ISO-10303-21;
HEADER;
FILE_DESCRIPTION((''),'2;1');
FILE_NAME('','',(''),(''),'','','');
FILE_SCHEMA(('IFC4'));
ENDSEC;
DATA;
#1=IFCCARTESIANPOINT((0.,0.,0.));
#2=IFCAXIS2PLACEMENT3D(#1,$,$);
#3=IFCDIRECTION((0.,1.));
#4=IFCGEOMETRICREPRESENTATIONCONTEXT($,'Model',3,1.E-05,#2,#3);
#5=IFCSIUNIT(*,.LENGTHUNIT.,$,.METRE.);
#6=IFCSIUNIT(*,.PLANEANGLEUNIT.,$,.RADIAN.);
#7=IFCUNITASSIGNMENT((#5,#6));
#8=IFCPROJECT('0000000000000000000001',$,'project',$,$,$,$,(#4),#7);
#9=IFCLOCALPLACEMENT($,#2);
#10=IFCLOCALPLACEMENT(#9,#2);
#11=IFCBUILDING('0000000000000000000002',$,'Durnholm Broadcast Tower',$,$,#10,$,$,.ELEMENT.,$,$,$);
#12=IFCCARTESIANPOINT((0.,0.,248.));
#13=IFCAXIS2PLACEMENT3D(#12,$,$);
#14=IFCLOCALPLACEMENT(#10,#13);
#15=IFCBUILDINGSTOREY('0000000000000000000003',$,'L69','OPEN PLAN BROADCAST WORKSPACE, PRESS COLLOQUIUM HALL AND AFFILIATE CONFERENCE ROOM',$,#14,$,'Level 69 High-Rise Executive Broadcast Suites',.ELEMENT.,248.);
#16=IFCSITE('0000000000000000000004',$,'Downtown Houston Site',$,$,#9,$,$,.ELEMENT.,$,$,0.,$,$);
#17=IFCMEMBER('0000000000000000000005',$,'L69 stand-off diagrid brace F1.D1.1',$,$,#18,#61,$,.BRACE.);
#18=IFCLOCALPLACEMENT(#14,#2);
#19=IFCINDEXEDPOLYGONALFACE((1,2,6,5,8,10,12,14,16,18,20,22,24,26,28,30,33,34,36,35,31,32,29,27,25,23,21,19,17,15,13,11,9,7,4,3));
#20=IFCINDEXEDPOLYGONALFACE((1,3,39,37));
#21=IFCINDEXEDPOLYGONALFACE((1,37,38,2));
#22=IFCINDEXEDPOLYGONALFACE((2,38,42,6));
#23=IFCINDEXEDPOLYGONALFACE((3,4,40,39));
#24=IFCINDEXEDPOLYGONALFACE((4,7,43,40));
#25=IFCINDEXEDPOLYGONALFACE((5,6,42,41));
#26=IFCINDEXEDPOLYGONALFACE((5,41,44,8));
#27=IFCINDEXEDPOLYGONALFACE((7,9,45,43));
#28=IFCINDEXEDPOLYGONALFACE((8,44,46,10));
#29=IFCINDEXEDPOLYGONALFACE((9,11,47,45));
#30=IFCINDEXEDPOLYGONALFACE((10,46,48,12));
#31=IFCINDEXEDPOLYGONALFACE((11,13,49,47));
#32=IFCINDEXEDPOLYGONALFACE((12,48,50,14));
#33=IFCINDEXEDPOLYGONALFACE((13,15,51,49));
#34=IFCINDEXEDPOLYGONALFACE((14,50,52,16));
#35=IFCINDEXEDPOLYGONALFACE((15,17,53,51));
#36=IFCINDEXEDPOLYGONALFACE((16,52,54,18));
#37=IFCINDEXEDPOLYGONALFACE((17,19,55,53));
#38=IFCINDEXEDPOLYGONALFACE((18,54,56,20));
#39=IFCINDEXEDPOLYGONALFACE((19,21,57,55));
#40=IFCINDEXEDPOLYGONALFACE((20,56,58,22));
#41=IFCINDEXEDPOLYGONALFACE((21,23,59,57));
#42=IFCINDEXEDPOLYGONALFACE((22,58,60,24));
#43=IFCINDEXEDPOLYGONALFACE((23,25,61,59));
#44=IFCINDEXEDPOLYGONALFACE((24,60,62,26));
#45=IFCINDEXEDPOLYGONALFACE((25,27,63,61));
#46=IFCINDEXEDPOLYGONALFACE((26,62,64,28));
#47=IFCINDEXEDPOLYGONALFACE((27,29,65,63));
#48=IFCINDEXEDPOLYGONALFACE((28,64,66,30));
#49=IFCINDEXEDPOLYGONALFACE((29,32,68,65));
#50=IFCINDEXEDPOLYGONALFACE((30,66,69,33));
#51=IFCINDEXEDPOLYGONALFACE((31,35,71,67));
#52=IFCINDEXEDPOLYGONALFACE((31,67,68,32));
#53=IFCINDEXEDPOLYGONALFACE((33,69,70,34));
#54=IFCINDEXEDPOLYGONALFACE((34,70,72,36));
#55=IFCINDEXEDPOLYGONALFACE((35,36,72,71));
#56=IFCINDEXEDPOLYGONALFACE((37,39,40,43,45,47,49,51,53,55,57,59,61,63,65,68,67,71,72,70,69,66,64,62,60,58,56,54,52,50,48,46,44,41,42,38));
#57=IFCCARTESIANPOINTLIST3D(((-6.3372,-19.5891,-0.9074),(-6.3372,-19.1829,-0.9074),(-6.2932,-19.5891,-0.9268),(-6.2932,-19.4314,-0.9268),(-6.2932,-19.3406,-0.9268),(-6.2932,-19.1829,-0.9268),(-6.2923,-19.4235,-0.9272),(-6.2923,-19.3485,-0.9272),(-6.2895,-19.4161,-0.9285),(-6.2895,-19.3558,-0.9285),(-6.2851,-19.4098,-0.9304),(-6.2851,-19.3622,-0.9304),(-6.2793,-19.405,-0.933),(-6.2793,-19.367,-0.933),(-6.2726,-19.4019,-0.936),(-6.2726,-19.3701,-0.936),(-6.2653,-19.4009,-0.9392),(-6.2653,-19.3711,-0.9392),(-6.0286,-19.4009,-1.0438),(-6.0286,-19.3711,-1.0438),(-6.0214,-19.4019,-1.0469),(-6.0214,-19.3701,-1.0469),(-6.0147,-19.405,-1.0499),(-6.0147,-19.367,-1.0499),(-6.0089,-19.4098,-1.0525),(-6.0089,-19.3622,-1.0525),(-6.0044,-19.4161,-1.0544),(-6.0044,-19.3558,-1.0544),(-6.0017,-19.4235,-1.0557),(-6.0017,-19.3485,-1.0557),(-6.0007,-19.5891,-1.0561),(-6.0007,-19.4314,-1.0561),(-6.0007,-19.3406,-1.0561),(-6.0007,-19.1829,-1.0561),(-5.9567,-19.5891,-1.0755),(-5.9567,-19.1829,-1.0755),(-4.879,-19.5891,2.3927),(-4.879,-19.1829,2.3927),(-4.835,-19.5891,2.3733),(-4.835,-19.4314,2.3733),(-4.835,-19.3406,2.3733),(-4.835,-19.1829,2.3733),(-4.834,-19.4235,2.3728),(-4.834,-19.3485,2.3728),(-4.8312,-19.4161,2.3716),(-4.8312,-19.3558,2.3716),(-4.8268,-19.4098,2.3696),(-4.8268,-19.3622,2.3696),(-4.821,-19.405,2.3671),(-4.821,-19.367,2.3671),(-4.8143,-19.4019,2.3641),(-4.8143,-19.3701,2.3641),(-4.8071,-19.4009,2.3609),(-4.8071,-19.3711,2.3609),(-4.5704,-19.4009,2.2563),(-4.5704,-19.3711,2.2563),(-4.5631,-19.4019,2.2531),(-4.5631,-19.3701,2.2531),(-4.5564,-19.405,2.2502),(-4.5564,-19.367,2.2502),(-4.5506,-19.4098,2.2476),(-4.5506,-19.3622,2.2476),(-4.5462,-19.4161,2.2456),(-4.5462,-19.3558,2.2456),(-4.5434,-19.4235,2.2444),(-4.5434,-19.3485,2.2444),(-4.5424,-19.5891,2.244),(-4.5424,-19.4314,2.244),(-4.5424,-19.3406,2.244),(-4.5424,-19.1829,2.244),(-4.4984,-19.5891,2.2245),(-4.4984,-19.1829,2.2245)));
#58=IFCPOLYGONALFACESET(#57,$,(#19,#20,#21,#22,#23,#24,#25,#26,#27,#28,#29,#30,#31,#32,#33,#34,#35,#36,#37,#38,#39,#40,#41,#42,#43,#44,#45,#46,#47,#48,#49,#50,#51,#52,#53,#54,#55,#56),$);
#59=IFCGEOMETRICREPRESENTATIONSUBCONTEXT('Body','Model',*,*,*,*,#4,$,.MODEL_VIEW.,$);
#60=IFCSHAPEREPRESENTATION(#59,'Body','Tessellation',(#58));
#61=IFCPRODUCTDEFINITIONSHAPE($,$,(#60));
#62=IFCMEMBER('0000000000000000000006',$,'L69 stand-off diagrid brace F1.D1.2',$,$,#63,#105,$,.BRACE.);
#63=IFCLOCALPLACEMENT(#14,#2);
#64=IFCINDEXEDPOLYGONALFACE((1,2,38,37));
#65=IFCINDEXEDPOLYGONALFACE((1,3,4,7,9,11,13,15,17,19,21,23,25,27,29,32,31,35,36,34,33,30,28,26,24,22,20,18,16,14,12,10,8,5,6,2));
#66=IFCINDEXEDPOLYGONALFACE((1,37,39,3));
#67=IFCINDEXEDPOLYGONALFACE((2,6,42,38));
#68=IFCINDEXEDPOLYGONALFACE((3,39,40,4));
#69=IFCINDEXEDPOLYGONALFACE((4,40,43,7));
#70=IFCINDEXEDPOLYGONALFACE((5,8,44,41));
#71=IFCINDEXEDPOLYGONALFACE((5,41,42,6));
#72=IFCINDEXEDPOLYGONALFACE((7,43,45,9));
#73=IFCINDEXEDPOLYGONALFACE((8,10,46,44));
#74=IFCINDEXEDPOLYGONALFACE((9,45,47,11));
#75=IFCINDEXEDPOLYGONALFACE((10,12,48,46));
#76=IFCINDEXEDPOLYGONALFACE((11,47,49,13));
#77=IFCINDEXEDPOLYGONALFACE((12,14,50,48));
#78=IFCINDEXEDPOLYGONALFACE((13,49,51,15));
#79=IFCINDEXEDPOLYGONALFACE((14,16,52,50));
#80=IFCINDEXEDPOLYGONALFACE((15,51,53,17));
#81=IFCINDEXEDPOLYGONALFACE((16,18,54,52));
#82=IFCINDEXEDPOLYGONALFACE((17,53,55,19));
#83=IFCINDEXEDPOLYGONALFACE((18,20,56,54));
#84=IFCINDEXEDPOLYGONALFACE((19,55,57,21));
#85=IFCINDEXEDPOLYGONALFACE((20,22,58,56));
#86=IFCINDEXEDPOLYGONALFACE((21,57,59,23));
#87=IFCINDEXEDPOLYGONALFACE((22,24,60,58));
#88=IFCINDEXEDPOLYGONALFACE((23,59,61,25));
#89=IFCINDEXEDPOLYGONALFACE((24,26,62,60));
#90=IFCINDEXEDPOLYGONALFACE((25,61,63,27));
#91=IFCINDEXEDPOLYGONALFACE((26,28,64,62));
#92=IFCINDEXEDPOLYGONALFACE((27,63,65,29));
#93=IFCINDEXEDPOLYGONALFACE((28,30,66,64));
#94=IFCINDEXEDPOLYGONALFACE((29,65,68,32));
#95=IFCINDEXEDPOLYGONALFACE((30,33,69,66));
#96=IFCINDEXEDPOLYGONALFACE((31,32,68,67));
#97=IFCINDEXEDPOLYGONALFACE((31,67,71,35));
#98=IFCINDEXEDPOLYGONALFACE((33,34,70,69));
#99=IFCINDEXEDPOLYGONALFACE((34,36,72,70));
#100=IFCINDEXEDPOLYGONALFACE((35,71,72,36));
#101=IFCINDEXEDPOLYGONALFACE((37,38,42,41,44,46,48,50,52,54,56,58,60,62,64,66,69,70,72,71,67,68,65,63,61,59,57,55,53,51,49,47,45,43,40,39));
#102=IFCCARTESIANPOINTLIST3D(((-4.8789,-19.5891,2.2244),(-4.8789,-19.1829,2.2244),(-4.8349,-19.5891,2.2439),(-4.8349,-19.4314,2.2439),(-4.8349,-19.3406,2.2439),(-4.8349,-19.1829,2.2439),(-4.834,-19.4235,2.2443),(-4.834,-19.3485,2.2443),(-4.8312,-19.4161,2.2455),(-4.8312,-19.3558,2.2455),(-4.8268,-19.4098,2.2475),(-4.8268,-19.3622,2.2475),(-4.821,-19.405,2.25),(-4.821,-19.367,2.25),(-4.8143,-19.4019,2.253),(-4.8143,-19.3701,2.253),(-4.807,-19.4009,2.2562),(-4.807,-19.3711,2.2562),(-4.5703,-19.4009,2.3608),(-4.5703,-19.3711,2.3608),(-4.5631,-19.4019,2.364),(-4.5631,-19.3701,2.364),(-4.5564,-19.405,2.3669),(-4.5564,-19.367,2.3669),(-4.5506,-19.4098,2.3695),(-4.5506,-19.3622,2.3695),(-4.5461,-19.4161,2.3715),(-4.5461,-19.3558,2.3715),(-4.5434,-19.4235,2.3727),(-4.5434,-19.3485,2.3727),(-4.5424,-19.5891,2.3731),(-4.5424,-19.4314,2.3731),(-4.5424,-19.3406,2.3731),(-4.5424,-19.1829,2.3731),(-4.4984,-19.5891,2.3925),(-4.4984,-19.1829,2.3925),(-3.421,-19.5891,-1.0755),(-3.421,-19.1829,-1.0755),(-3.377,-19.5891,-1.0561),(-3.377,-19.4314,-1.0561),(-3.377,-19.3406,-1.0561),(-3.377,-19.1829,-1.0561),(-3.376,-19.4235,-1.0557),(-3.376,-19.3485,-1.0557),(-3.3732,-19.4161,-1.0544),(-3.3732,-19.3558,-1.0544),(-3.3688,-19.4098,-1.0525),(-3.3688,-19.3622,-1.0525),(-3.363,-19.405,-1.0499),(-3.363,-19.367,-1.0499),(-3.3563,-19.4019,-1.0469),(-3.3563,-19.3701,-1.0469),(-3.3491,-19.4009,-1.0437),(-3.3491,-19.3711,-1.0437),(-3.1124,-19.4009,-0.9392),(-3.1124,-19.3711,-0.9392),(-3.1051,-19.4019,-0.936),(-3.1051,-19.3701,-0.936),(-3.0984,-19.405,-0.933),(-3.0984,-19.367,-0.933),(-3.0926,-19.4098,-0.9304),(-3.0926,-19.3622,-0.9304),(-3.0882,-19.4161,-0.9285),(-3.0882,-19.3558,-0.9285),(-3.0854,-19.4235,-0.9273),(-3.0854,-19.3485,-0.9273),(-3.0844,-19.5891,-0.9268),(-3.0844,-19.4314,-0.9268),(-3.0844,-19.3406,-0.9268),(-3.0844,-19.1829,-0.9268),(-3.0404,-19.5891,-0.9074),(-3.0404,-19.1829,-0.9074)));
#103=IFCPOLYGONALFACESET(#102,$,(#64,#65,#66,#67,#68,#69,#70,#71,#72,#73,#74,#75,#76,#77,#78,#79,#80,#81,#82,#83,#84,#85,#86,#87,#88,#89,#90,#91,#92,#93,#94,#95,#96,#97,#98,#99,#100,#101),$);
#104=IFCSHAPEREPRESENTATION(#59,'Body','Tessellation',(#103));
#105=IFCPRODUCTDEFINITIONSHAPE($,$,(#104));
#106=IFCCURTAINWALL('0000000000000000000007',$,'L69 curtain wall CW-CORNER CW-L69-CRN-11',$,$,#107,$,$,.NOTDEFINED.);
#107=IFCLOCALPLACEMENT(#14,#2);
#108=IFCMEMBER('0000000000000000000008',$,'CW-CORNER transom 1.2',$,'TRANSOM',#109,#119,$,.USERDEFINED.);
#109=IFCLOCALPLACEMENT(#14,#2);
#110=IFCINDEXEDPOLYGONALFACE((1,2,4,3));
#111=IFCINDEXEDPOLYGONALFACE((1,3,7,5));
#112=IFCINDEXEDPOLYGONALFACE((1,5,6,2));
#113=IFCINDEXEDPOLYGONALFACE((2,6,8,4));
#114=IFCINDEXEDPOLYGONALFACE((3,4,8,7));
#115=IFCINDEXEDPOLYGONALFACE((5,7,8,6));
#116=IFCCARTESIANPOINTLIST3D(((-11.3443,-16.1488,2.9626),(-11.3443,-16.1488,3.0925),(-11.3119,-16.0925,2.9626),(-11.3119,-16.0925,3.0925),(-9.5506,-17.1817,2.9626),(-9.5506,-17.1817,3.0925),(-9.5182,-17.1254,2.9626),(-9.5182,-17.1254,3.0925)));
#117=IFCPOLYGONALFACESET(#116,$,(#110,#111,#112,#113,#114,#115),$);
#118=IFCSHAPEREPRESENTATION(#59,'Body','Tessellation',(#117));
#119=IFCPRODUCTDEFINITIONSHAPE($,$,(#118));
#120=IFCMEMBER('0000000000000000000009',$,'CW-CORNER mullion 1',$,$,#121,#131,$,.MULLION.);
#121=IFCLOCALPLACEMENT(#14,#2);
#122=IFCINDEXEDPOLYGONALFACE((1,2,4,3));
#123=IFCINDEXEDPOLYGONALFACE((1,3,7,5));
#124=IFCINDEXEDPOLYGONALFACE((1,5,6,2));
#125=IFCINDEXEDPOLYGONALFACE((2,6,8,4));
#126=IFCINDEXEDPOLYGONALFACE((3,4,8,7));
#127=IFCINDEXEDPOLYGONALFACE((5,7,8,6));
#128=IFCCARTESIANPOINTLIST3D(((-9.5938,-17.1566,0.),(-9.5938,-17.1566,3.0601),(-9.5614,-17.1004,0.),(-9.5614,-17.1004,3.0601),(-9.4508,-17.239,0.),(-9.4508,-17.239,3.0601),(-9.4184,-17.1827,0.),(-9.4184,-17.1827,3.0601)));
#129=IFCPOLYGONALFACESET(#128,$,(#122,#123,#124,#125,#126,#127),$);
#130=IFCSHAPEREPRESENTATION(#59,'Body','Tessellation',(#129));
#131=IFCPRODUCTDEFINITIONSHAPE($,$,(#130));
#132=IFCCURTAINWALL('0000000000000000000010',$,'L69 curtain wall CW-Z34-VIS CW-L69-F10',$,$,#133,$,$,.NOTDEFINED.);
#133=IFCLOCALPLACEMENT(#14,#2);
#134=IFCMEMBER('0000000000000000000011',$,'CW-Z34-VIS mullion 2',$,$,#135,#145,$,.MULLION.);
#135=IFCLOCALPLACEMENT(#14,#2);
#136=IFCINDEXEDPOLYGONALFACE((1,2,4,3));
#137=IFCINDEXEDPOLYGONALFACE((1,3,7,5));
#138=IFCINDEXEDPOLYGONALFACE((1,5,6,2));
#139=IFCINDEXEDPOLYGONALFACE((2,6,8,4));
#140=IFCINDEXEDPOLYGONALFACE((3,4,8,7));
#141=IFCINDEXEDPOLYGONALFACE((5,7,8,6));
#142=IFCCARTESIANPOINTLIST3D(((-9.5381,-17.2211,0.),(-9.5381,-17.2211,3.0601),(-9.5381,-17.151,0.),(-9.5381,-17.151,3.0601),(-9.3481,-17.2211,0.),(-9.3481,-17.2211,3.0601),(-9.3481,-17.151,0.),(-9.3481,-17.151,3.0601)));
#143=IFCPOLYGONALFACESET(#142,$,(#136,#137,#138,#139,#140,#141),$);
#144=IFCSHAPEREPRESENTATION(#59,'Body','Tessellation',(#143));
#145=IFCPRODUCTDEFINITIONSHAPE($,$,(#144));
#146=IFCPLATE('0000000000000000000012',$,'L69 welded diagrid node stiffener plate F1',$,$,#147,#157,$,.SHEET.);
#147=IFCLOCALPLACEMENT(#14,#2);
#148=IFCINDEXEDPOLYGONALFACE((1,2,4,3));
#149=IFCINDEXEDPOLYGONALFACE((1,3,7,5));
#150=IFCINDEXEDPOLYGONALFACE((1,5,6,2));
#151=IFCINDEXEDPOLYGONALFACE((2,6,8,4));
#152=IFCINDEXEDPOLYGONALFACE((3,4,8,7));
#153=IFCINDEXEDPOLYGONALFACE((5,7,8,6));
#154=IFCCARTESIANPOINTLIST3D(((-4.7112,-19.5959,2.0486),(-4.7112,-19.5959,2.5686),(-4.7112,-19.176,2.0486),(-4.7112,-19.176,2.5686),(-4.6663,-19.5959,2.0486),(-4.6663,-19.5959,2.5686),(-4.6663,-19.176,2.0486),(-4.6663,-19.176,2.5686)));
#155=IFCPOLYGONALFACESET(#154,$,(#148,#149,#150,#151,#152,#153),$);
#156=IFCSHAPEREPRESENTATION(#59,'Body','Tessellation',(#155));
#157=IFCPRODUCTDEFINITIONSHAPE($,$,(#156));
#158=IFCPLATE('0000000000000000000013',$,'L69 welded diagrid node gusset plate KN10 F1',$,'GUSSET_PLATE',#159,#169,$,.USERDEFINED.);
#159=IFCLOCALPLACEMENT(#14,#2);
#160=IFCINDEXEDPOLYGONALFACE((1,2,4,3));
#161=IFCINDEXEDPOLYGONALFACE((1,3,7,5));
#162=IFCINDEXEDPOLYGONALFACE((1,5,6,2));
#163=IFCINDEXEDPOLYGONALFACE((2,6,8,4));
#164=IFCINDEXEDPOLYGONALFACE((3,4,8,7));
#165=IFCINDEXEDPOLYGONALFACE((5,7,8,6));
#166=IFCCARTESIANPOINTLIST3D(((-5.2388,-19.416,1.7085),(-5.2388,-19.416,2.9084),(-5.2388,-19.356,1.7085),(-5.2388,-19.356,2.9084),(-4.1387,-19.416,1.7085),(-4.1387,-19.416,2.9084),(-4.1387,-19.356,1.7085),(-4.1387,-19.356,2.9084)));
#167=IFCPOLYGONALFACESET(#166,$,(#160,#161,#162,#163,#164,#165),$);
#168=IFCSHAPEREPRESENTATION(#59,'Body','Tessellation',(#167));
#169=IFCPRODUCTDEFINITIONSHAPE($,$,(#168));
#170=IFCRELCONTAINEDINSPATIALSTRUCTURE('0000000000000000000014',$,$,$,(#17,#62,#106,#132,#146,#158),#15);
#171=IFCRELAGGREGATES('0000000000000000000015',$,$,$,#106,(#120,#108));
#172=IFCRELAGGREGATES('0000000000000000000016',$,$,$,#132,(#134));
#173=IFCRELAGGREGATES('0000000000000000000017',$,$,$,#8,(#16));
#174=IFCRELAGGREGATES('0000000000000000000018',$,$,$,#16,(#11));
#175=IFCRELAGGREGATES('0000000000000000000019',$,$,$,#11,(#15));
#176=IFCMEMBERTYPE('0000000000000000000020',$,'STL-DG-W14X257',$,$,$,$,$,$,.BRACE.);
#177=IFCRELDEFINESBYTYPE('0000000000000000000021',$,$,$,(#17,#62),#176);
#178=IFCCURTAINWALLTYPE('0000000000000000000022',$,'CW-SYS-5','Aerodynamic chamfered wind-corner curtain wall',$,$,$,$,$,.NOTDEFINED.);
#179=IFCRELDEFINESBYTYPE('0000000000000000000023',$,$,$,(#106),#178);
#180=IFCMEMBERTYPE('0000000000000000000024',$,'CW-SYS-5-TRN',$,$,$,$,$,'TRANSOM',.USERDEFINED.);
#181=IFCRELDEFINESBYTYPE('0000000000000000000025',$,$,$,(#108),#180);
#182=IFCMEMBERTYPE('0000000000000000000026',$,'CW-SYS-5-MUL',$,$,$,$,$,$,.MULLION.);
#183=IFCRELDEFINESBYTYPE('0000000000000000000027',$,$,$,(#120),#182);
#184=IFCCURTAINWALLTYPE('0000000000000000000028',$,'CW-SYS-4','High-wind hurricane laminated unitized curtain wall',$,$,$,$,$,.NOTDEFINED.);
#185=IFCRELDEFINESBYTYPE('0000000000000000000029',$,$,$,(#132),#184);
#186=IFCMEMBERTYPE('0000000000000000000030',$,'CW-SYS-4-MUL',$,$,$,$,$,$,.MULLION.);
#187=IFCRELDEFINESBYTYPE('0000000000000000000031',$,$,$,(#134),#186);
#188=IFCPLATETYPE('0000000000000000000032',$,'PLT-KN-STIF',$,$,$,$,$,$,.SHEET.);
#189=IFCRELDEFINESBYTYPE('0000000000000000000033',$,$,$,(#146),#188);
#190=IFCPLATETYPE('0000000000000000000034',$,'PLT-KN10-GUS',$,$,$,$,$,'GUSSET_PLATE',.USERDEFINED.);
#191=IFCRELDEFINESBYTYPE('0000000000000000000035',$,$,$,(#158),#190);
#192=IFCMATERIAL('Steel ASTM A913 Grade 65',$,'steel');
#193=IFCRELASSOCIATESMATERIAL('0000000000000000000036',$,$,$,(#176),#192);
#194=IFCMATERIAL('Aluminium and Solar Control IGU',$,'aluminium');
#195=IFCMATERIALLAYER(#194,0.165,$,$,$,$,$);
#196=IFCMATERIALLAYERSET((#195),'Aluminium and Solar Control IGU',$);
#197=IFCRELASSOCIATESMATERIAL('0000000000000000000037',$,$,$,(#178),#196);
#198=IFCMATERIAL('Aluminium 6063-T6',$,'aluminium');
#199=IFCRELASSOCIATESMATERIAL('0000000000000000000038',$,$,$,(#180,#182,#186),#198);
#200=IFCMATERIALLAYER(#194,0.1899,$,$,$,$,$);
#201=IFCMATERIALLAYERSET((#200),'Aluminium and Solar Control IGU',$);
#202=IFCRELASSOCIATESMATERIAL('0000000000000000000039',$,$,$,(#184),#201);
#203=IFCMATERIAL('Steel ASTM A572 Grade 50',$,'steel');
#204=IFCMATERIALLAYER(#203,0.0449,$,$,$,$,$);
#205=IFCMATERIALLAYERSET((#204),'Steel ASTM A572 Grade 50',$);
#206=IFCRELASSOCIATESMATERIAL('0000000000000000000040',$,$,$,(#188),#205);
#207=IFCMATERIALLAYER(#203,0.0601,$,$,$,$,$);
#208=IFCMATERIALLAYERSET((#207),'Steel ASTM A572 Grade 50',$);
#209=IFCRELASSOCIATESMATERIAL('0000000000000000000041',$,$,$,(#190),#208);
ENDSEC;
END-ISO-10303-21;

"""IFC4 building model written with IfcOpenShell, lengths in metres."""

from ifc_helpers import new_model, si_unit, direction, frame, origin, origin_2d, place, context, subcontext, project, spatial, rectangle, i_section, extrude, source, transform, mapped, material, layer, layer_set, material_profile, profile_set, type_object, type_shapes, element, aggregate, save


model = new_model("IFC4")

# Units and contexts
model_context = context("Model", 3, precision=1e-05, world=origin(), true_north=direction((0.0, 1.0)))
body_context = subcontext(model_context, "Body", "Model", "MODEL_VIEW")
ifc_project = project(units=[si_unit("LENGTHUNIT", "METRE"), si_unit("PLANEANGLEUNIT", "RADIAN")], contexts=[model_context])

# Site, building, storey
site_placement = place(None, origin())
site = spatial("IfcSite", under=ifc_project, at=site_placement, Name="Downtown Houston Site", CompositionType="ELEMENT", RefElevation=0.0)
building_placement = place(site_placement, origin())
building = spatial("IfcBuilding", under=site, at=building_placement, Name="Durnholm Broadcast Tower", CompositionType="ELEMENT")
storey_placement = place(building_placement, frame((0.0, 0.0, 248.0)))
storey = spatial("IfcBuildingStorey", under=building, at=storey_placement, Name="L69", Description="OPEN PLAN BROADCAST WORKSPACE, PRESS COLLOQUIUM HALL AND AFFILIATE CONFERENCE ROOM", LongName="Level 69 High-Rise Executive Broadcast Suites", CompositionType="ELEMENT", Elevation=248.0)

# Members
ifc_material_1 = material(Name="Steel ASTM A913 Grade 65", Category="steel")
ifc_material_profile_1 = material_profile(ifc_material_1, i_section(OverallWidth=0.4062, OverallDepth=0.416, WebThickness=0.0298, FlangeThickness=0.0481, FilletRadius=0.0305, at=origin_2d()), Name="W14X257")
ifc_profile_set_1 = profile_set([ifc_material_profile_1], Name="Steel ASTM A913 Grade 65")
member_type_1 = type_object("IfcMemberType", Name="STL-DG-W14X257", PredefinedType="BRACE", material=ifc_profile_set_1)
shared_shape_1 = source(origin(), body_context, "Body", "SweptSolid", [
    extrude(i_section(OverallWidth=0.4062, OverallDepth=0.416, WebThickness=0.0298, FlangeThickness=0.0481, FilletRadius=0.0305, at=origin_2d()), origin(), (0.0, 0.0, 1.0), 3.6079),
])
member_1_placement = place(storey_placement, frame((-6.147, -19.386, -0.9915), z_axis=(0.404185, 0.0, 0.914677), x_axis=(0.0, 1.0, 0.0)))
element("IfcMember", 1, at=member_1_placement, inside=storey, type_object=member_type_1, Name="L69 stand-off diagrid brace F1.D1.1", PredefinedType="BRACE", context=body_context, shape_type="MappedRepresentation", body=[
    mapped(shared_shape_1, transform((0.0, 0.0, 0.0), x_axis=(1.0, 0.0, 0.0), y_axis=(0.0, 1.0, 0.0), z_axis=(0.0, 0.0, 1.0), scale=1.0)),
])
shared_shape_2 = source(origin(), body_context, "Body", "SweptSolid", [
    extrude(i_section(OverallWidth=0.4062, OverallDepth=0.416, WebThickness=0.0298, FlangeThickness=0.0481, FilletRadius=0.0305, at=origin_2d()), origin(), (0.0, 0.0, 1.0), 3.6077),
])
type_shapes(member_type_1, [shared_shape_1, shared_shape_2])
member_2_placement = place(storey_placement, frame((-3.2307, -19.386, -0.9915), z_axis=(-0.404128, 0.0, 0.914702), x_axis=(0.0, -1.0, 0.0)))
element("IfcMember", 2, at=member_2_placement, inside=storey, type_object=member_type_1, Name="L69 stand-off diagrid brace F1.D1.2", PredefinedType="BRACE", context=body_context, shape_type="MappedRepresentation", body=[
    mapped(shared_shape_2, transform((0.0, 0.0, 0.0), x_axis=(1.0, 0.0, 0.0), y_axis=(0.0, 1.0, 0.0), z_axis=(0.0, 0.0, 1.0), scale=1.0)),
])

# Curtain wall, members
ifc_material_2 = material(Name="Aluminium and Solar Control IGU", Category="aluminium")
ifc_layer_1 = layer(ifc_material_2, 0.165)
ifc_layer_set_1 = layer_set([ifc_layer_1], Name="Aluminium and Solar Control IGU")
curtain_wall_type_1 = type_object("IfcCurtainWallType", Name="CW-SYS-5", Description="Aerodynamic chamfered wind-corner curtain wall", PredefinedType="NOTDEFINED", material=ifc_layer_set_1)
curtain_wall_1_placement = place(storey_placement, origin())
curtain_wall_1 = element("IfcCurtainWall", 3, at=curtain_wall_1_placement, inside=storey, type_object=curtain_wall_type_1, Name="L69 curtain wall CW-CORNER CW-L69-CRN-11", PredefinedType="NOTDEFINED")
ifc_material_3 = material(Name="Aluminium 6063-T6", Category="aluminium")
ifc_material_profile_2 = material_profile(ifc_material_3, rectangle(XDim=0.0649, YDim=0.1299, at=origin_2d()), Name="CWT65X130")
ifc_profile_set_2 = profile_set([ifc_material_profile_2], Name="Aluminium 6063-T6")
member_type_2 = type_object("IfcMemberType", Name="CW-SYS-5-TRN", ElementType="TRANSOM", PredefinedType="USERDEFINED", material=ifc_profile_set_2)
shared_shape_3 = source(origin(), body_context, "Body", "SweptSolid", [
    extrude(rectangle(XDim=0.0649, YDim=0.1299, at=origin_2d()), origin(), (0.0, 0.0, 1.0), 2.0698),
])
type_shapes(member_type_2, [shared_shape_3])
member_3_placement = place(storey_placement, frame((-9.5344, -17.1536, 3.0276), z_axis=(-0.866576, 0.499045, 0.0), x_axis=(-0.499045, -0.866576, 0.0)))
member_3 = element("IfcMember", 4, at=member_3_placement, type_object=member_type_2, Name="CW-CORNER transom 1.2", ObjectType="TRANSOM", PredefinedType="USERDEFINED", context=body_context, shape_type="MappedRepresentation", body=[
    mapped(shared_shape_3, transform((0.0, 0.0, 0.0), x_axis=(1.0, 0.0, 0.0), y_axis=(0.0, 1.0, 0.0), z_axis=(0.0, 0.0, 1.0), scale=1.0)),
])
ifc_material_profile_3 = material_profile(ifc_material_3, rectangle(XDim=0.0649, YDim=0.165, at=origin_2d()), Name="CWM65X165")
ifc_profile_set_3 = profile_set([ifc_material_profile_3], Name="Aluminium 6063-T6")
member_type_3 = type_object("IfcMemberType", Name="CW-SYS-5-MUL", PredefinedType="MULLION", material=ifc_profile_set_3)
shared_shape_4 = source(origin(), body_context, "Body", "SweptSolid", [
    extrude(rectangle(XDim=0.0649, YDim=0.165, at=origin_2d()), origin(), (0.0, 0.0, 1.0), 3.0601),
])
type_shapes(member_type_3, [shared_shape_4])
member_4_placement = place(storey_placement, frame((-9.5061, -17.1697, 0.0), z_axis=(0.0, 0.0, 1.0), x_axis=(-0.499059, -0.866568, 0.0)))
member_4 = element("IfcMember", 5, at=member_4_placement, type_object=member_type_3, Name="CW-CORNER mullion 1", PredefinedType="MULLION", context=body_context, shape_type="MappedRepresentation", body=[
    mapped(shared_shape_4, transform((0.0, 0.0, 0.0), x_axis=(1.0, 0.0, 0.0), y_axis=(0.0, 1.0, 0.0), z_axis=(0.0, 0.0, 1.0), scale=1.0)),
])
aggregate(curtain_wall_1, [member_4, member_3])

# Curtain wall, member
ifc_layer_2 = layer(ifc_material_2, 0.1899)
ifc_layer_set_2 = layer_set([ifc_layer_2], Name="Aluminium and Solar Control IGU")
curtain_wall_type_2 = type_object("IfcCurtainWallType", Name="CW-SYS-4", Description="High-wind hurricane laminated unitized curtain wall", PredefinedType="NOTDEFINED", material=ifc_layer_set_2)
curtain_wall_2_placement = place(storey_placement, origin())
curtain_wall_2 = element("IfcCurtainWall", 6, at=curtain_wall_2_placement, inside=storey, type_object=curtain_wall_type_2, Name="L69 curtain wall CW-Z34-VIS CW-L69-F10", PredefinedType="NOTDEFINED")
ifc_material_profile_4 = material_profile(ifc_material_3, rectangle(XDim=0.0701, YDim=0.1899, at=origin_2d()), Name="CWM70X190")
ifc_profile_set_4 = profile_set([ifc_material_profile_4], Name="Aluminium 6063-T6")
member_type_4 = type_object("IfcMemberType", Name="CW-SYS-4-MUL", PredefinedType="MULLION", material=ifc_profile_set_4)
shared_shape_5 = source(origin(), body_context, "Body", "SweptSolid", [
    extrude(rectangle(XDim=0.0701, YDim=0.1899, at=origin_2d()), origin(), (0.0, 0.0, 1.0), 3.0601),
])
type_shapes(member_type_4, [shared_shape_5])
member_5_placement = place(storey_placement, frame((-9.4431, -17.186, 0.0), z_axis=(0.0, 0.0, 1.0), x_axis=(0.0, -1.0, 0.0)))
member_5 = element("IfcMember", 7, at=member_5_placement, type_object=member_type_4, Name="CW-Z34-VIS mullion 2", PredefinedType="MULLION", context=body_context, shape_type="MappedRepresentation", body=[
    mapped(shared_shape_5, transform((0.0, 0.0, 0.0), x_axis=(1.0, 0.0, 0.0), y_axis=(0.0, 1.0, 0.0), z_axis=(0.0, 0.0, 1.0), scale=1.0)),
])

# Plates
ifc_material_4 = material(Name="Steel ASTM A572 Grade 50", Category="steel")
ifc_layer_3 = layer(ifc_material_4, 0.0449)
ifc_layer_set_3 = layer_set([ifc_layer_3], Name="Steel ASTM A572 Grade 50")
plate_type_1 = type_object("IfcPlateType", Name="PLT-KN-STIF", PredefinedType="SHEET", material=ifc_layer_set_3)
shared_shape_6 = source(origin(), body_context, "Body", "SweptSolid", [
    extrude(rectangle(XDim=0.0449, YDim=0.4199, at=origin_2d()), origin(), (0.0, 0.0, 1.0), 0.52),
])
type_shapes(plate_type_1, [shared_shape_6])
plate_1_placement = place(storey_placement, frame((-4.6887, -19.386, 2.0486), z_axis=(0.0, 0.0, 1.0), x_axis=(1.0, 0.0, 0.0)))
element("IfcPlate", 8, at=plate_1_placement, inside=storey, type_object=plate_type_1, Name="L69 welded diagrid node stiffener plate F1", PredefinedType="SHEET", context=body_context, shape_type="MappedRepresentation", body=[
    mapped(shared_shape_6, transform((0.0, 0.0, 0.0), x_axis=(1.0, 0.0, 0.0), y_axis=(0.0, 1.0, 0.0), z_axis=(0.0, 0.0, 1.0), scale=1.0)),
])
ifc_layer_4 = layer(ifc_material_4, 0.0601)
ifc_layer_set_4 = layer_set([ifc_layer_4], Name="Steel ASTM A572 Grade 50")
plate_type_2 = type_object("IfcPlateType", Name="PLT-KN10-GUS", ElementType="GUSSET_PLATE", PredefinedType="USERDEFINED", material=ifc_layer_set_4)
shared_shape_7 = source(origin(), body_context, "Body", "SweptSolid", [
    extrude(rectangle(XDim=1.1001, YDim=0.0601, at=origin_2d()), origin(), (0.0, 0.0, 1.0), 1.2),
])
type_shapes(plate_type_2, [shared_shape_7])
plate_2_placement = place(storey_placement, frame((-4.6887, -19.386, 1.7085), z_axis=(0.0, 0.0, 1.0), x_axis=(1.0, 0.0, 0.0)))
element("IfcPlate", 9, at=plate_2_placement, inside=storey, type_object=plate_type_2, Name="L69 welded diagrid node gusset plate KN10 F1", ObjectType="GUSSET_PLATE", PredefinedType="USERDEFINED", context=body_context, shape_type="MappedRepresentation", body=[
    mapped(shared_shape_7, transform((0.0, 0.0, 0.0), x_axis=(1.0, 0.0, 0.0), y_axis=(0.0, 1.0, 0.0), z_axis=(0.0, 0.0, 1.0), scale=1.0)),
])

aggregate(curtain_wall_2, [member_5])

save(model, "model.ifc")
